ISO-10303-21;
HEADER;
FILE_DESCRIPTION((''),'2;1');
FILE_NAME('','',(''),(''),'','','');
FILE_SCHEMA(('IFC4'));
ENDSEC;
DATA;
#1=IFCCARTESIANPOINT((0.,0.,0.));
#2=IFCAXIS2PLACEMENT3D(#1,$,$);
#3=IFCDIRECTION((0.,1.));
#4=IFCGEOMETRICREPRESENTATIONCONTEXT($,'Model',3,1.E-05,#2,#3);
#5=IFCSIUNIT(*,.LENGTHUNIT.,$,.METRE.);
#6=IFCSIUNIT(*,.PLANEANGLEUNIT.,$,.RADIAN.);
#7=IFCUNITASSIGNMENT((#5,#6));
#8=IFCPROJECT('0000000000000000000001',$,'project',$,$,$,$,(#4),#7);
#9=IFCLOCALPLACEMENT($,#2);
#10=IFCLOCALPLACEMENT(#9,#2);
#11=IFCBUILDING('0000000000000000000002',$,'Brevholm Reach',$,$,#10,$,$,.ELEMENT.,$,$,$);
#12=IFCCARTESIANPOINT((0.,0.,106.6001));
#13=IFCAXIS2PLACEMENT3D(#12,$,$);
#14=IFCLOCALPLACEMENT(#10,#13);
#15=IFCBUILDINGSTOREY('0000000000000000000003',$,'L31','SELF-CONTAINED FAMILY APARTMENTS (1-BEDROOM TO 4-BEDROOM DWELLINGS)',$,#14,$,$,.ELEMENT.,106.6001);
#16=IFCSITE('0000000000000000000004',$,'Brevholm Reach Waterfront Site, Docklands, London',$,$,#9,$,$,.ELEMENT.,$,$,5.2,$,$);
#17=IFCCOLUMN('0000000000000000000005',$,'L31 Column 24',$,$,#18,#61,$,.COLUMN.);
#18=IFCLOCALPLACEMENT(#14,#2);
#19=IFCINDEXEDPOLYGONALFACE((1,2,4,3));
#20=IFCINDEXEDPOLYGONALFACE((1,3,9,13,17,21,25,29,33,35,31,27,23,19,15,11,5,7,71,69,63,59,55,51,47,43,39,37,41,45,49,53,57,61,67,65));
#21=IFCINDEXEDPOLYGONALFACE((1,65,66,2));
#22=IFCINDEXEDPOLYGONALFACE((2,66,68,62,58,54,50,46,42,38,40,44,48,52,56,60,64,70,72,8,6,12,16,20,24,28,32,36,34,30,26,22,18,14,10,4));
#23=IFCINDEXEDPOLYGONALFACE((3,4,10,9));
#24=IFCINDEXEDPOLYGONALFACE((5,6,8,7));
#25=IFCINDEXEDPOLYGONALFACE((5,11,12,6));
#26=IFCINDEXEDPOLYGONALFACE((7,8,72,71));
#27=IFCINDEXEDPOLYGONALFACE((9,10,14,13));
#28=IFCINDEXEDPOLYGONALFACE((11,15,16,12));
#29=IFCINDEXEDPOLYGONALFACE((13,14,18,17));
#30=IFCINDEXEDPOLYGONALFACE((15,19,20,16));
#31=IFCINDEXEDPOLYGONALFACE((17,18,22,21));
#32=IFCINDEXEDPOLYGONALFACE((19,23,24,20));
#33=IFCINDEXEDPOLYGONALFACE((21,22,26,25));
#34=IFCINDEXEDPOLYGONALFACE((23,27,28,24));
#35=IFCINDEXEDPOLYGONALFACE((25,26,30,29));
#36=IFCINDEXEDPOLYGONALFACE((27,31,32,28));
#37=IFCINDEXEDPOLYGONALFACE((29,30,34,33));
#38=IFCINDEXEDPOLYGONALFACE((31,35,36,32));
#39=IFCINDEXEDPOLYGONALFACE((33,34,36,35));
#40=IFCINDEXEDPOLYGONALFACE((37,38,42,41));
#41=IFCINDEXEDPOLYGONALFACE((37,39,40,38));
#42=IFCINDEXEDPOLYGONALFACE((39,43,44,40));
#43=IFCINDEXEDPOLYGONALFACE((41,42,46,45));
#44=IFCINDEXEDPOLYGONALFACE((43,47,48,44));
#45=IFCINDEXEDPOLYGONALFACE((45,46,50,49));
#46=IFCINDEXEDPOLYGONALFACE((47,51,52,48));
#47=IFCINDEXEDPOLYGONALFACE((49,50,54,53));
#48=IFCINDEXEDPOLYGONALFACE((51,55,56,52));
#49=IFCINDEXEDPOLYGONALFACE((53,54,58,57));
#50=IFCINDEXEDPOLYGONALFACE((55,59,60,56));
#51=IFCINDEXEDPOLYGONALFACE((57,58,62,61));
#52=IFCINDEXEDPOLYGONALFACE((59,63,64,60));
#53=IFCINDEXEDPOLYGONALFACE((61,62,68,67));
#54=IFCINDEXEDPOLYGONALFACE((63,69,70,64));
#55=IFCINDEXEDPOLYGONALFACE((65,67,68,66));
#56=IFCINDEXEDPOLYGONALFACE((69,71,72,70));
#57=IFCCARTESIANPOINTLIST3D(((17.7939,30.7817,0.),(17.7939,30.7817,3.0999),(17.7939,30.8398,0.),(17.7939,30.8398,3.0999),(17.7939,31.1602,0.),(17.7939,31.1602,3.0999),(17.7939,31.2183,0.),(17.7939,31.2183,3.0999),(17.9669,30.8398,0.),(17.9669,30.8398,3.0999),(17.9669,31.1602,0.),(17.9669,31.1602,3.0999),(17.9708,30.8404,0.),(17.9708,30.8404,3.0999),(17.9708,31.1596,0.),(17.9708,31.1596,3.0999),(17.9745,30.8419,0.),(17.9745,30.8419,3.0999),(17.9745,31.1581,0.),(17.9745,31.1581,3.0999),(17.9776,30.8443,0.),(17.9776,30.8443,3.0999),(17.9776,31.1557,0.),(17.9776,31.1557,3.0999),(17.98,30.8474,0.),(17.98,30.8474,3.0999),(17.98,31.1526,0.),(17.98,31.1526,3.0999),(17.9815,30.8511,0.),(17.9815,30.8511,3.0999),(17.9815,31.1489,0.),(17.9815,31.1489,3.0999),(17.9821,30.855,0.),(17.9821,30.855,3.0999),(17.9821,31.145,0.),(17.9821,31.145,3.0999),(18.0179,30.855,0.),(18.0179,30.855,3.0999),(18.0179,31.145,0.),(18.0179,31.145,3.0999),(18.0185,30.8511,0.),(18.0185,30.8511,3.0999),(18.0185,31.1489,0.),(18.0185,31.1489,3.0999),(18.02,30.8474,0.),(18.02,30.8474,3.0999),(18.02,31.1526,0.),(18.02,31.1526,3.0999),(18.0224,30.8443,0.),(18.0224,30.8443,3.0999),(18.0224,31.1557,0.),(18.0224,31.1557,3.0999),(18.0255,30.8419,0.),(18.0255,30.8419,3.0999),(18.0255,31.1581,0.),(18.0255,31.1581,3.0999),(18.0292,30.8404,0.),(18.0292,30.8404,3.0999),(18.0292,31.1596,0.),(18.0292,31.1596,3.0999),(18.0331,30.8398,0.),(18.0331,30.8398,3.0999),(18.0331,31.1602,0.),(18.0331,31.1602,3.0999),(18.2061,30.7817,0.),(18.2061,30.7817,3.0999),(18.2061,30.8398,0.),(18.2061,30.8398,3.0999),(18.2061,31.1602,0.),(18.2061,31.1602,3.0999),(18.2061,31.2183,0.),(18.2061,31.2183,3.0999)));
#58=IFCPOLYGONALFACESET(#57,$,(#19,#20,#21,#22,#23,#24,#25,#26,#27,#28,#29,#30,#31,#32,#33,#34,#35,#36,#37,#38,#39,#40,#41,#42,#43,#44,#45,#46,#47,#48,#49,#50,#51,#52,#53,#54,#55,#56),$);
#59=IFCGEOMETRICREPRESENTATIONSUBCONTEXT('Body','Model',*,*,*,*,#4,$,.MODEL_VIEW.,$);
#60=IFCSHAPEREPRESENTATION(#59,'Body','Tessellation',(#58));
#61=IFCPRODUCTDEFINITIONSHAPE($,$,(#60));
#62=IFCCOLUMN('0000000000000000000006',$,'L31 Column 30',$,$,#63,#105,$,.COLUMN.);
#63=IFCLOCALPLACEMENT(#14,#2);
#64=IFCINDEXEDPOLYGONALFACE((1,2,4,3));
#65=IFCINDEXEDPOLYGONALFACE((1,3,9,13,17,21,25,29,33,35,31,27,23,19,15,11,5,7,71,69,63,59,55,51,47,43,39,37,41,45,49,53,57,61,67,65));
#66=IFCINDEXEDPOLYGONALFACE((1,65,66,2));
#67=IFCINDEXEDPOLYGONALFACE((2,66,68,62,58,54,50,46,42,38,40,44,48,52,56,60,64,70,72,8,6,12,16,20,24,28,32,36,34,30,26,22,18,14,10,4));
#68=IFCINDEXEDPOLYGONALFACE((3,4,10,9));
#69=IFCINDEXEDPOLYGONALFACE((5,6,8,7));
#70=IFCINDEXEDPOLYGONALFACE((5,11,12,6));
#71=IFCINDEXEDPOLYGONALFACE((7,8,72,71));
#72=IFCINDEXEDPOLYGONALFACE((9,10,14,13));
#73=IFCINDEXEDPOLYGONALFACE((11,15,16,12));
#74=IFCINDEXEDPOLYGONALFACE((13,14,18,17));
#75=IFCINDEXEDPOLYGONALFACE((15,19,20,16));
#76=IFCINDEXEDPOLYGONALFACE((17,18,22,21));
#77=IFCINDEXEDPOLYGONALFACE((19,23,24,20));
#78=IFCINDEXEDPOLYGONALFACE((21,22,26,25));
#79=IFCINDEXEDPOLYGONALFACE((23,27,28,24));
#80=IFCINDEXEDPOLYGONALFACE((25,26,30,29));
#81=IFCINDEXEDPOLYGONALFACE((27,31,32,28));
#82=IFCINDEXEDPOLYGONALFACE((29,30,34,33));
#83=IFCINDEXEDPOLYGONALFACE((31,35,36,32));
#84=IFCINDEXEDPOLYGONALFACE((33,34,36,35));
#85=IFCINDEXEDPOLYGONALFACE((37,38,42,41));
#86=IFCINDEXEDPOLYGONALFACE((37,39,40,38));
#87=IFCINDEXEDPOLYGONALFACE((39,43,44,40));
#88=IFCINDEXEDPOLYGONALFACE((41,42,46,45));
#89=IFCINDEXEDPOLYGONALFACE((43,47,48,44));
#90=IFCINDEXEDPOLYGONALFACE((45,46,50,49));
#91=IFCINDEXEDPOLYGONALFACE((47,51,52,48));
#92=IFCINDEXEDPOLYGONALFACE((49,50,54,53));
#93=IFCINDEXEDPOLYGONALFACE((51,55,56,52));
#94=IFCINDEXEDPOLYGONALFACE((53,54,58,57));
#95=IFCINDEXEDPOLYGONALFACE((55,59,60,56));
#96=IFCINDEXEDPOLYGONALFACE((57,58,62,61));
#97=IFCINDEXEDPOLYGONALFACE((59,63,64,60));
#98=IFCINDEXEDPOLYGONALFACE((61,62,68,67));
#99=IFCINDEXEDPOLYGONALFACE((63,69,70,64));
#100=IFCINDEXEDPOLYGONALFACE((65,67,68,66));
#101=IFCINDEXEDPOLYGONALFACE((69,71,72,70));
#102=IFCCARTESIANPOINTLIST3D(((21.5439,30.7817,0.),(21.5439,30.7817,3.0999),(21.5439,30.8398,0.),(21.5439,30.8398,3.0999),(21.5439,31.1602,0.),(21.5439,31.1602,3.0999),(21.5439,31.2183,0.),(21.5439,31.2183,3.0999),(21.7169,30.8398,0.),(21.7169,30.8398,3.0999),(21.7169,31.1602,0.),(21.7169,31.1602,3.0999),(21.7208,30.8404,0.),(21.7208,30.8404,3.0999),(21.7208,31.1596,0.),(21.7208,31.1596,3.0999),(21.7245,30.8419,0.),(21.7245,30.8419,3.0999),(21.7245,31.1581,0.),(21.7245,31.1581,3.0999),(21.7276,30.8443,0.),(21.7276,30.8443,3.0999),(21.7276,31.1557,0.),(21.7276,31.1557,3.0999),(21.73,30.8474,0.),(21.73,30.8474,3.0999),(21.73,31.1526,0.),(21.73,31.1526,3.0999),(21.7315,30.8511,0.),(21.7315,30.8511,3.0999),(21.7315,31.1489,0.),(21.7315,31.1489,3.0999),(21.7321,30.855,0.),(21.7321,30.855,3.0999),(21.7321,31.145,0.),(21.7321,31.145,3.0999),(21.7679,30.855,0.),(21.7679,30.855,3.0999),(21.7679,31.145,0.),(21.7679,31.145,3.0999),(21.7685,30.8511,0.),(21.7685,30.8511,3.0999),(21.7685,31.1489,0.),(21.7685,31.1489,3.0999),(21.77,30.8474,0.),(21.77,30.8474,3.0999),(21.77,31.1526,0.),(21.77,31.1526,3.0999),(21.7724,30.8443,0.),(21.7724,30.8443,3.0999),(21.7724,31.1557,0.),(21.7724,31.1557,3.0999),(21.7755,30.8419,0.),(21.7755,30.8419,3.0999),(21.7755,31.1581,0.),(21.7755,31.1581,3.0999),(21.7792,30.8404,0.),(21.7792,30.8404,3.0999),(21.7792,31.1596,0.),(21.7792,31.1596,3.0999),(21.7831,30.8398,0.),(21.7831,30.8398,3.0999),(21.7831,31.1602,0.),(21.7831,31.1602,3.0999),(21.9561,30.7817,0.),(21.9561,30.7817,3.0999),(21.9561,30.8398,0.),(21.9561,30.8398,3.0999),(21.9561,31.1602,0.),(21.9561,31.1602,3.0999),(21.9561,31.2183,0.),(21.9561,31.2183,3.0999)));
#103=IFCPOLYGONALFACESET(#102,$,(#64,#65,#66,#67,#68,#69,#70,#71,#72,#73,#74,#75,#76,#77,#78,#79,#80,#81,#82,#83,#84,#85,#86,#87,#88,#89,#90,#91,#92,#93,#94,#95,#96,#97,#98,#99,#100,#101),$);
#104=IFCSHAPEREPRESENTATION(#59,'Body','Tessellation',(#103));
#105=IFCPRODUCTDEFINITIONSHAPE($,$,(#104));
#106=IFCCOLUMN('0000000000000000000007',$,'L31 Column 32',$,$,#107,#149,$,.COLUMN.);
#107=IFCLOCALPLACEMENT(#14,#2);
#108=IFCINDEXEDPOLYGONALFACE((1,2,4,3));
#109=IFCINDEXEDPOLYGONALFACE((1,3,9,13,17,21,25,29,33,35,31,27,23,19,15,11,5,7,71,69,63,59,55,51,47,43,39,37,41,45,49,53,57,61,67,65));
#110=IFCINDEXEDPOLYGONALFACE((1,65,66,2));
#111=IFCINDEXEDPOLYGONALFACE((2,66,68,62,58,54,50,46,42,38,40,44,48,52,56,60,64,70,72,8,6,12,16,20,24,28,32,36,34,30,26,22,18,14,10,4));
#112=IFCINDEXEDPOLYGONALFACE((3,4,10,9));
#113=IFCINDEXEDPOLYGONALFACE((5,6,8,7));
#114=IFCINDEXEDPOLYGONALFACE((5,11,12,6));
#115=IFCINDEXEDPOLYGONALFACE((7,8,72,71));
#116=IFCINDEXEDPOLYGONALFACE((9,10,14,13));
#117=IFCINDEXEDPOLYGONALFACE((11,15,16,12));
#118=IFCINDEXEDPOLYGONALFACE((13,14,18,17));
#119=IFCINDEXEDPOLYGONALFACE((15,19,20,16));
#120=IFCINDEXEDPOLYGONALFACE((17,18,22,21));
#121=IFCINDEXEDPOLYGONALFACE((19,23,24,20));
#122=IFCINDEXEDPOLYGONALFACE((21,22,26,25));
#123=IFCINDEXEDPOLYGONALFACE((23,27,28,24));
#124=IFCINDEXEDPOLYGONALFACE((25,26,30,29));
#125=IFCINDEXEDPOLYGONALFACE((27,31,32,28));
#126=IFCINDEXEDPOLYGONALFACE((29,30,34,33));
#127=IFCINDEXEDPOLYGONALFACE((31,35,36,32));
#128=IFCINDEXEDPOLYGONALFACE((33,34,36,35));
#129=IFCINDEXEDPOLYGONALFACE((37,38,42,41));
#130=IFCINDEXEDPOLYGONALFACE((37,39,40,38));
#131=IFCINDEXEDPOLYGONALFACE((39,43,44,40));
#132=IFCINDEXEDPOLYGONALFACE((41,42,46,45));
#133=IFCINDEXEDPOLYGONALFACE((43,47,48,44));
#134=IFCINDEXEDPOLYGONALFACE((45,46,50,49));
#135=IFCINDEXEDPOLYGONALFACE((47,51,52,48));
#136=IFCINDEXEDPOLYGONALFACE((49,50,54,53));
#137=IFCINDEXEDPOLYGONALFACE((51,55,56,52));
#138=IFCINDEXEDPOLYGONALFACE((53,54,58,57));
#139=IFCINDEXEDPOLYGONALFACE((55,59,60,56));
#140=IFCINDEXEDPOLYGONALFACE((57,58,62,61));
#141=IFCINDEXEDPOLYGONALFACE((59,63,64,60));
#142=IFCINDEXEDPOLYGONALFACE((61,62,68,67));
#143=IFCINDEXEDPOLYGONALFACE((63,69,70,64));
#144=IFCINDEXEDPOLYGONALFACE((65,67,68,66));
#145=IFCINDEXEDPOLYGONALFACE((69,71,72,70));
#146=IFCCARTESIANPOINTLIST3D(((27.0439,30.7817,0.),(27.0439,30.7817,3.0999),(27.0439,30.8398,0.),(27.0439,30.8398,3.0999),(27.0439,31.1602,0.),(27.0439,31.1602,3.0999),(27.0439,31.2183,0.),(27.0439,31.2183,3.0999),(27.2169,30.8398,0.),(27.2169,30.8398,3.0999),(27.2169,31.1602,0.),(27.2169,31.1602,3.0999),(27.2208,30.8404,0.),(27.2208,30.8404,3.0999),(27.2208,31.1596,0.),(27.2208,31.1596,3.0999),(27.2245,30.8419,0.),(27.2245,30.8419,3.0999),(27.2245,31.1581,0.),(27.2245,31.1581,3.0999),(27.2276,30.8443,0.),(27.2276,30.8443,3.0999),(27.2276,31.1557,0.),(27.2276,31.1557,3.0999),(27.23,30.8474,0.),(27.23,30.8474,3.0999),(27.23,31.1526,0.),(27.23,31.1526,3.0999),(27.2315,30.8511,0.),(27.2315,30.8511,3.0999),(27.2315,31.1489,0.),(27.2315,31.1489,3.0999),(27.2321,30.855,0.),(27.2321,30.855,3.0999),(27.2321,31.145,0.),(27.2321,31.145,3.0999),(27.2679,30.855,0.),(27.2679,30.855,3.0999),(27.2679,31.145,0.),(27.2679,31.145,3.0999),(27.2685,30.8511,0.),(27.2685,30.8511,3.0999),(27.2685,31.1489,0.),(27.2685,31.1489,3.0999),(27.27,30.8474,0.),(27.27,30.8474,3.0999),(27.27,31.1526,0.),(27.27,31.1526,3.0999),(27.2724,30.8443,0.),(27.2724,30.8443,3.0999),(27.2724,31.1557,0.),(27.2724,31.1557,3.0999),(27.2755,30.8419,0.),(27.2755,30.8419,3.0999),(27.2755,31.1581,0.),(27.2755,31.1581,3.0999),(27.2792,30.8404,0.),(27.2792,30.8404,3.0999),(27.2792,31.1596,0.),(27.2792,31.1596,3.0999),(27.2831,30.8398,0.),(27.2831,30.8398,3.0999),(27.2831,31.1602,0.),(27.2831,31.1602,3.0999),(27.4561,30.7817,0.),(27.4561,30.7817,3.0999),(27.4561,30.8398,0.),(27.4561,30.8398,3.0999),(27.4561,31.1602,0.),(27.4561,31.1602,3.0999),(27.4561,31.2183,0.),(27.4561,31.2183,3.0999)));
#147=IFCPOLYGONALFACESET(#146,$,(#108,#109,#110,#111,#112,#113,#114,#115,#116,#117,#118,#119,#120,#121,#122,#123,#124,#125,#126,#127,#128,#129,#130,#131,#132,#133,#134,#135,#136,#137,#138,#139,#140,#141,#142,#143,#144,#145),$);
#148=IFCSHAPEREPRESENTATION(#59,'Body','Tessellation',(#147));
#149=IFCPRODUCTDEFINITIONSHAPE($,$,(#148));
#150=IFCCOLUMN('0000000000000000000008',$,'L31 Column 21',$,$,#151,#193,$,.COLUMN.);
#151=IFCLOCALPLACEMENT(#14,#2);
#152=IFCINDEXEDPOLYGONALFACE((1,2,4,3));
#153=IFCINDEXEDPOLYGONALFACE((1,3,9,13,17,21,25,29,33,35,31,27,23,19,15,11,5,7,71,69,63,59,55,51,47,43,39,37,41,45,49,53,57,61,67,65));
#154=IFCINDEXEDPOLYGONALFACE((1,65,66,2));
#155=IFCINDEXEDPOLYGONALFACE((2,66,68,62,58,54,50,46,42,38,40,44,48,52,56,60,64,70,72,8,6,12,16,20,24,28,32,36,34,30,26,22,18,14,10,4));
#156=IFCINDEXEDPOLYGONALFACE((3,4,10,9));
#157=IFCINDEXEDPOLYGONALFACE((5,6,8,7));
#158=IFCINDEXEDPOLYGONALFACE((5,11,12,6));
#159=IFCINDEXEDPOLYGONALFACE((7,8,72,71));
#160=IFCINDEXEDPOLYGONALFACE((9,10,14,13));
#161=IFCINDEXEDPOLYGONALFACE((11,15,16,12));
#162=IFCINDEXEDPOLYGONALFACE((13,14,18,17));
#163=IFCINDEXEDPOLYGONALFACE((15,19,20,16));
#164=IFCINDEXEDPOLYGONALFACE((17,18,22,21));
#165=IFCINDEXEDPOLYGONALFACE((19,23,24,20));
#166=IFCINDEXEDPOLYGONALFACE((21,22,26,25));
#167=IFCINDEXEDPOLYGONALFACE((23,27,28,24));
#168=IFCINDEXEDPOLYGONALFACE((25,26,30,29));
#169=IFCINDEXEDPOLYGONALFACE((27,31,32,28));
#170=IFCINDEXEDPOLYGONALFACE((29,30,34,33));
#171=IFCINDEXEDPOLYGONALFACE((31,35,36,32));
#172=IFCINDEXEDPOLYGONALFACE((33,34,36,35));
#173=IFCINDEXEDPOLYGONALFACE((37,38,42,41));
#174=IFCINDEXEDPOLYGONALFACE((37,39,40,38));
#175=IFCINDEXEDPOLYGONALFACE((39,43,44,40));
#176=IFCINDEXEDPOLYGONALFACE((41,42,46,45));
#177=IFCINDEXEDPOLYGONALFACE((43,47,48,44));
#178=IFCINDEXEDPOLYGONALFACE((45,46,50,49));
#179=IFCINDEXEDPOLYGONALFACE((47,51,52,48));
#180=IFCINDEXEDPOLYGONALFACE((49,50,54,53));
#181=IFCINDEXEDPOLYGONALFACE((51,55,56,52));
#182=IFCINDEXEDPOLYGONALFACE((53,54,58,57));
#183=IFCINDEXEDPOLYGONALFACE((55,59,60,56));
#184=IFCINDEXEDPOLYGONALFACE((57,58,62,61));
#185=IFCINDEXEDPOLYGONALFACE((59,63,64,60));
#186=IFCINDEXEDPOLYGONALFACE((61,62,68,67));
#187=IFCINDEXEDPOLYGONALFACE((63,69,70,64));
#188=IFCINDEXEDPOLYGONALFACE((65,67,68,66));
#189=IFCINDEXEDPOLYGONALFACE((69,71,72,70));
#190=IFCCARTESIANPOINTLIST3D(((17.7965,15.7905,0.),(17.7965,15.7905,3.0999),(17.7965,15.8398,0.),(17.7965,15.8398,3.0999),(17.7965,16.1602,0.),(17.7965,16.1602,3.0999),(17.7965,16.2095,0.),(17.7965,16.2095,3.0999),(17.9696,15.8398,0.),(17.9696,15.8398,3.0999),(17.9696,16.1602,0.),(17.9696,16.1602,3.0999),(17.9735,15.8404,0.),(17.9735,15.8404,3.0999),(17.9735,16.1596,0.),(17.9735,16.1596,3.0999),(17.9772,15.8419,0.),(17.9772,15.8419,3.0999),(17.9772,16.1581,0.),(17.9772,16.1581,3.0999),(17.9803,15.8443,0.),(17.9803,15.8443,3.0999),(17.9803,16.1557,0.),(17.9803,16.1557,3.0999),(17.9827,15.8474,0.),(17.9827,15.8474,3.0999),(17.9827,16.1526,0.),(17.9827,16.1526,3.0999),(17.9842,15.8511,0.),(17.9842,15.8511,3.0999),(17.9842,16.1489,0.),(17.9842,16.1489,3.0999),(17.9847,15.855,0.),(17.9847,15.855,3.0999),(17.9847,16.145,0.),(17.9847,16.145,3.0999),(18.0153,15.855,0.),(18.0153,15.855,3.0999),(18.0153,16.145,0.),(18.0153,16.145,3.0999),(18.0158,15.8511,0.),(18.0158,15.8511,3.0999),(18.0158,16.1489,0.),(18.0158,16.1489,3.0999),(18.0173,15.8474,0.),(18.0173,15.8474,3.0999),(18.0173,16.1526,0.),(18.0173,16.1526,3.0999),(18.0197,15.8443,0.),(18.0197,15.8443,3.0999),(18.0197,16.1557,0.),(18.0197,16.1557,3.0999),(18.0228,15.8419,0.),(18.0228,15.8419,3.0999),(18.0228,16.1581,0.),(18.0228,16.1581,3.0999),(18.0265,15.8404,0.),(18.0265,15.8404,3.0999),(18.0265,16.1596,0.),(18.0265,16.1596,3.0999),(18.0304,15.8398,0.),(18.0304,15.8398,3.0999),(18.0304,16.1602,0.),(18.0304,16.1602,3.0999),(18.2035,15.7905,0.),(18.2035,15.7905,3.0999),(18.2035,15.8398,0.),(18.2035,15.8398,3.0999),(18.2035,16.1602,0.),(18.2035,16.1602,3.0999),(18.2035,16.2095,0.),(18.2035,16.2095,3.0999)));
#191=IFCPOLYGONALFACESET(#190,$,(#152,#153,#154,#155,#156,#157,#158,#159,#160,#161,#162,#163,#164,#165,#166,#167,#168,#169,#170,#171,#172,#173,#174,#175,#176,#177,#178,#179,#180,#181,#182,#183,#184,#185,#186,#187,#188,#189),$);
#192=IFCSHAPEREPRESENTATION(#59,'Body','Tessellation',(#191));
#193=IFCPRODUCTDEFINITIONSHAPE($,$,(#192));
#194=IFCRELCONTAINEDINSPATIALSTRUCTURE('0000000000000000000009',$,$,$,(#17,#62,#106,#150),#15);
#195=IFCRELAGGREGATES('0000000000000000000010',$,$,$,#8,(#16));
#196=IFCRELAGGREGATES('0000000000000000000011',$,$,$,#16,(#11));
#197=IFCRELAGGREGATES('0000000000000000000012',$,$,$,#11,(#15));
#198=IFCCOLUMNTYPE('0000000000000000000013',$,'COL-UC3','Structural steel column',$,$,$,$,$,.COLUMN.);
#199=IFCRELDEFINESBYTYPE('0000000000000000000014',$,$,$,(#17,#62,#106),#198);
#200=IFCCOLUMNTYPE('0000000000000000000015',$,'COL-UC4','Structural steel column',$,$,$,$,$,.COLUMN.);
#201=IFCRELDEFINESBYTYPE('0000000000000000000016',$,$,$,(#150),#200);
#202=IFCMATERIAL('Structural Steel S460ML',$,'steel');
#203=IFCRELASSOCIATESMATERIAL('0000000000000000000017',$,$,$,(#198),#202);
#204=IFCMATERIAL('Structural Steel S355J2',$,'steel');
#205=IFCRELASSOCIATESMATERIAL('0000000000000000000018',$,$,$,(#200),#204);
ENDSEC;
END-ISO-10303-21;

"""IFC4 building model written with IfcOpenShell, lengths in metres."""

from ifc_helpers import new_model, si_unit, direction, frame, origin, origin_2d, place, context, subcontext, project, spatial, i_section, extrude, material, material_profile, profile_set, type_object, element, save


model = new_model("IFC4")

# Units and contexts
model_context = context("Model", 3, precision=1e-05, world=origin(), true_north=direction((0.0, 1.0)))
body_context = subcontext(model_context, "Body", "Model", "MODEL_VIEW")
ifc_project = project(units=[si_unit("LENGTHUNIT", "METRE"), si_unit("PLANEANGLEUNIT", "RADIAN")], contexts=[model_context])

# Site, building, storey
site_placement = place(None, origin())
site = spatial("IfcSite", under=ifc_project, at=site_placement, Name="Brevholm Reach Waterfront Site, Docklands, London", CompositionType="ELEMENT", RefElevation=5.2)
building_placement = place(site_placement, origin())
building = spatial("IfcBuilding", under=site, at=building_placement, Name="Brevholm Reach", CompositionType="ELEMENT")
storey_placement = place(building_placement, frame((0.0, 0.0, 106.6001)))
storey = spatial("IfcBuildingStorey", under=building, at=storey_placement, Name="L31", Description="SELF-CONTAINED FAMILY APARTMENTS (1-BEDROOM TO 4-BEDROOM DWELLINGS)", CompositionType="ELEMENT", Elevation=106.6001)

# Columns
ifc_material_1 = material(Name="Structural Steel S460ML", Category="steel")
ifc_material_profile_1 = material_profile(ifc_material_1, i_section(OverallWidth=0.4121, OverallDepth=0.4365, WebThickness=0.0359, FlangeThickness=0.0581, FilletRadius=0.0151, at=origin_2d()), Name="UKC 356x406x467")
ifc_profile_set_1 = profile_set([ifc_material_profile_1], Name="Structural Steel S460ML")
column_type_1 = type_object("IfcColumnType", Name="COL-UC3", Description="Structural steel column", PredefinedType="COLUMN", material=ifc_profile_set_1)
for number, where, z_axis, x_axis, name in (
    (1, (18.0, 31.0, 0.0), (0.0, 0.0, 1.0), (1.0, 0.0, 0.0), "L31 Column 24"),
    (2, (21.75, 31.0, 0.0), (0.0, 0.0, 1.0), (1.0, 0.0, 0.0), "L31 Column 30"),
    (3, (27.25, 31.0, 0.0), (0.0, 0.0, 1.0), (1.0, 0.0, 0.0), "L31 Column 32"),
):
    element("IfcColumn", number, at=place(storey_placement, frame(where, z_axis=z_axis, x_axis=x_axis)), inside=storey, type_object=column_type_1, Name=name, PredefinedType="COLUMN", context=body_context, shape_type="SweptSolid", body=[
        extrude(i_section(OverallWidth=0.4121, OverallDepth=0.4365, WebThickness=0.0359, FlangeThickness=0.0581, FilletRadius=0.0151, at=origin_2d()), origin(), (0.0, 0.0, 1.0), 3.0999),
    ])
ifc_material_2 = material(Name="Structural Steel S355J2", Category="steel")
ifc_material_profile_2 = material_profile(ifc_material_2, i_section(OverallWidth=0.407, OverallDepth=0.4189, WebThickness=0.0305, FlangeThickness=0.0493, FilletRadius=0.0151, at=origin_2d()), Name="UKC 356x406x393")
ifc_profile_set_2 = profile_set([ifc_material_profile_2], Name="Structural Steel S355J2")
column_type_2 = type_object("IfcColumnType", Name="COL-UC4", Description="Structural steel column", PredefinedType="COLUMN", material=ifc_profile_set_2)
for number, where, z_axis, x_axis, name in (
    (4, (18.0, 16.0, 0.0), (0.0, 0.0, 1.0), (1.0, 0.0, 0.0), "L31 Column 21"),
):
    element("IfcColumn", number, at=place(storey_placement, frame(where, z_axis=z_axis, x_axis=x_axis)), inside=storey, type_object=column_type_2, Name=name, PredefinedType="COLUMN", context=body_context, shape_type="SweptSolid", body=[
        extrude(i_section(OverallWidth=0.407, OverallDepth=0.4189, WebThickness=0.0305, FlangeThickness=0.0493, FilletRadius=0.0151, at=origin_2d()), origin(), (0.0, 0.0, 1.0), 3.0999),
    ])

save(model, "model.ifc")
